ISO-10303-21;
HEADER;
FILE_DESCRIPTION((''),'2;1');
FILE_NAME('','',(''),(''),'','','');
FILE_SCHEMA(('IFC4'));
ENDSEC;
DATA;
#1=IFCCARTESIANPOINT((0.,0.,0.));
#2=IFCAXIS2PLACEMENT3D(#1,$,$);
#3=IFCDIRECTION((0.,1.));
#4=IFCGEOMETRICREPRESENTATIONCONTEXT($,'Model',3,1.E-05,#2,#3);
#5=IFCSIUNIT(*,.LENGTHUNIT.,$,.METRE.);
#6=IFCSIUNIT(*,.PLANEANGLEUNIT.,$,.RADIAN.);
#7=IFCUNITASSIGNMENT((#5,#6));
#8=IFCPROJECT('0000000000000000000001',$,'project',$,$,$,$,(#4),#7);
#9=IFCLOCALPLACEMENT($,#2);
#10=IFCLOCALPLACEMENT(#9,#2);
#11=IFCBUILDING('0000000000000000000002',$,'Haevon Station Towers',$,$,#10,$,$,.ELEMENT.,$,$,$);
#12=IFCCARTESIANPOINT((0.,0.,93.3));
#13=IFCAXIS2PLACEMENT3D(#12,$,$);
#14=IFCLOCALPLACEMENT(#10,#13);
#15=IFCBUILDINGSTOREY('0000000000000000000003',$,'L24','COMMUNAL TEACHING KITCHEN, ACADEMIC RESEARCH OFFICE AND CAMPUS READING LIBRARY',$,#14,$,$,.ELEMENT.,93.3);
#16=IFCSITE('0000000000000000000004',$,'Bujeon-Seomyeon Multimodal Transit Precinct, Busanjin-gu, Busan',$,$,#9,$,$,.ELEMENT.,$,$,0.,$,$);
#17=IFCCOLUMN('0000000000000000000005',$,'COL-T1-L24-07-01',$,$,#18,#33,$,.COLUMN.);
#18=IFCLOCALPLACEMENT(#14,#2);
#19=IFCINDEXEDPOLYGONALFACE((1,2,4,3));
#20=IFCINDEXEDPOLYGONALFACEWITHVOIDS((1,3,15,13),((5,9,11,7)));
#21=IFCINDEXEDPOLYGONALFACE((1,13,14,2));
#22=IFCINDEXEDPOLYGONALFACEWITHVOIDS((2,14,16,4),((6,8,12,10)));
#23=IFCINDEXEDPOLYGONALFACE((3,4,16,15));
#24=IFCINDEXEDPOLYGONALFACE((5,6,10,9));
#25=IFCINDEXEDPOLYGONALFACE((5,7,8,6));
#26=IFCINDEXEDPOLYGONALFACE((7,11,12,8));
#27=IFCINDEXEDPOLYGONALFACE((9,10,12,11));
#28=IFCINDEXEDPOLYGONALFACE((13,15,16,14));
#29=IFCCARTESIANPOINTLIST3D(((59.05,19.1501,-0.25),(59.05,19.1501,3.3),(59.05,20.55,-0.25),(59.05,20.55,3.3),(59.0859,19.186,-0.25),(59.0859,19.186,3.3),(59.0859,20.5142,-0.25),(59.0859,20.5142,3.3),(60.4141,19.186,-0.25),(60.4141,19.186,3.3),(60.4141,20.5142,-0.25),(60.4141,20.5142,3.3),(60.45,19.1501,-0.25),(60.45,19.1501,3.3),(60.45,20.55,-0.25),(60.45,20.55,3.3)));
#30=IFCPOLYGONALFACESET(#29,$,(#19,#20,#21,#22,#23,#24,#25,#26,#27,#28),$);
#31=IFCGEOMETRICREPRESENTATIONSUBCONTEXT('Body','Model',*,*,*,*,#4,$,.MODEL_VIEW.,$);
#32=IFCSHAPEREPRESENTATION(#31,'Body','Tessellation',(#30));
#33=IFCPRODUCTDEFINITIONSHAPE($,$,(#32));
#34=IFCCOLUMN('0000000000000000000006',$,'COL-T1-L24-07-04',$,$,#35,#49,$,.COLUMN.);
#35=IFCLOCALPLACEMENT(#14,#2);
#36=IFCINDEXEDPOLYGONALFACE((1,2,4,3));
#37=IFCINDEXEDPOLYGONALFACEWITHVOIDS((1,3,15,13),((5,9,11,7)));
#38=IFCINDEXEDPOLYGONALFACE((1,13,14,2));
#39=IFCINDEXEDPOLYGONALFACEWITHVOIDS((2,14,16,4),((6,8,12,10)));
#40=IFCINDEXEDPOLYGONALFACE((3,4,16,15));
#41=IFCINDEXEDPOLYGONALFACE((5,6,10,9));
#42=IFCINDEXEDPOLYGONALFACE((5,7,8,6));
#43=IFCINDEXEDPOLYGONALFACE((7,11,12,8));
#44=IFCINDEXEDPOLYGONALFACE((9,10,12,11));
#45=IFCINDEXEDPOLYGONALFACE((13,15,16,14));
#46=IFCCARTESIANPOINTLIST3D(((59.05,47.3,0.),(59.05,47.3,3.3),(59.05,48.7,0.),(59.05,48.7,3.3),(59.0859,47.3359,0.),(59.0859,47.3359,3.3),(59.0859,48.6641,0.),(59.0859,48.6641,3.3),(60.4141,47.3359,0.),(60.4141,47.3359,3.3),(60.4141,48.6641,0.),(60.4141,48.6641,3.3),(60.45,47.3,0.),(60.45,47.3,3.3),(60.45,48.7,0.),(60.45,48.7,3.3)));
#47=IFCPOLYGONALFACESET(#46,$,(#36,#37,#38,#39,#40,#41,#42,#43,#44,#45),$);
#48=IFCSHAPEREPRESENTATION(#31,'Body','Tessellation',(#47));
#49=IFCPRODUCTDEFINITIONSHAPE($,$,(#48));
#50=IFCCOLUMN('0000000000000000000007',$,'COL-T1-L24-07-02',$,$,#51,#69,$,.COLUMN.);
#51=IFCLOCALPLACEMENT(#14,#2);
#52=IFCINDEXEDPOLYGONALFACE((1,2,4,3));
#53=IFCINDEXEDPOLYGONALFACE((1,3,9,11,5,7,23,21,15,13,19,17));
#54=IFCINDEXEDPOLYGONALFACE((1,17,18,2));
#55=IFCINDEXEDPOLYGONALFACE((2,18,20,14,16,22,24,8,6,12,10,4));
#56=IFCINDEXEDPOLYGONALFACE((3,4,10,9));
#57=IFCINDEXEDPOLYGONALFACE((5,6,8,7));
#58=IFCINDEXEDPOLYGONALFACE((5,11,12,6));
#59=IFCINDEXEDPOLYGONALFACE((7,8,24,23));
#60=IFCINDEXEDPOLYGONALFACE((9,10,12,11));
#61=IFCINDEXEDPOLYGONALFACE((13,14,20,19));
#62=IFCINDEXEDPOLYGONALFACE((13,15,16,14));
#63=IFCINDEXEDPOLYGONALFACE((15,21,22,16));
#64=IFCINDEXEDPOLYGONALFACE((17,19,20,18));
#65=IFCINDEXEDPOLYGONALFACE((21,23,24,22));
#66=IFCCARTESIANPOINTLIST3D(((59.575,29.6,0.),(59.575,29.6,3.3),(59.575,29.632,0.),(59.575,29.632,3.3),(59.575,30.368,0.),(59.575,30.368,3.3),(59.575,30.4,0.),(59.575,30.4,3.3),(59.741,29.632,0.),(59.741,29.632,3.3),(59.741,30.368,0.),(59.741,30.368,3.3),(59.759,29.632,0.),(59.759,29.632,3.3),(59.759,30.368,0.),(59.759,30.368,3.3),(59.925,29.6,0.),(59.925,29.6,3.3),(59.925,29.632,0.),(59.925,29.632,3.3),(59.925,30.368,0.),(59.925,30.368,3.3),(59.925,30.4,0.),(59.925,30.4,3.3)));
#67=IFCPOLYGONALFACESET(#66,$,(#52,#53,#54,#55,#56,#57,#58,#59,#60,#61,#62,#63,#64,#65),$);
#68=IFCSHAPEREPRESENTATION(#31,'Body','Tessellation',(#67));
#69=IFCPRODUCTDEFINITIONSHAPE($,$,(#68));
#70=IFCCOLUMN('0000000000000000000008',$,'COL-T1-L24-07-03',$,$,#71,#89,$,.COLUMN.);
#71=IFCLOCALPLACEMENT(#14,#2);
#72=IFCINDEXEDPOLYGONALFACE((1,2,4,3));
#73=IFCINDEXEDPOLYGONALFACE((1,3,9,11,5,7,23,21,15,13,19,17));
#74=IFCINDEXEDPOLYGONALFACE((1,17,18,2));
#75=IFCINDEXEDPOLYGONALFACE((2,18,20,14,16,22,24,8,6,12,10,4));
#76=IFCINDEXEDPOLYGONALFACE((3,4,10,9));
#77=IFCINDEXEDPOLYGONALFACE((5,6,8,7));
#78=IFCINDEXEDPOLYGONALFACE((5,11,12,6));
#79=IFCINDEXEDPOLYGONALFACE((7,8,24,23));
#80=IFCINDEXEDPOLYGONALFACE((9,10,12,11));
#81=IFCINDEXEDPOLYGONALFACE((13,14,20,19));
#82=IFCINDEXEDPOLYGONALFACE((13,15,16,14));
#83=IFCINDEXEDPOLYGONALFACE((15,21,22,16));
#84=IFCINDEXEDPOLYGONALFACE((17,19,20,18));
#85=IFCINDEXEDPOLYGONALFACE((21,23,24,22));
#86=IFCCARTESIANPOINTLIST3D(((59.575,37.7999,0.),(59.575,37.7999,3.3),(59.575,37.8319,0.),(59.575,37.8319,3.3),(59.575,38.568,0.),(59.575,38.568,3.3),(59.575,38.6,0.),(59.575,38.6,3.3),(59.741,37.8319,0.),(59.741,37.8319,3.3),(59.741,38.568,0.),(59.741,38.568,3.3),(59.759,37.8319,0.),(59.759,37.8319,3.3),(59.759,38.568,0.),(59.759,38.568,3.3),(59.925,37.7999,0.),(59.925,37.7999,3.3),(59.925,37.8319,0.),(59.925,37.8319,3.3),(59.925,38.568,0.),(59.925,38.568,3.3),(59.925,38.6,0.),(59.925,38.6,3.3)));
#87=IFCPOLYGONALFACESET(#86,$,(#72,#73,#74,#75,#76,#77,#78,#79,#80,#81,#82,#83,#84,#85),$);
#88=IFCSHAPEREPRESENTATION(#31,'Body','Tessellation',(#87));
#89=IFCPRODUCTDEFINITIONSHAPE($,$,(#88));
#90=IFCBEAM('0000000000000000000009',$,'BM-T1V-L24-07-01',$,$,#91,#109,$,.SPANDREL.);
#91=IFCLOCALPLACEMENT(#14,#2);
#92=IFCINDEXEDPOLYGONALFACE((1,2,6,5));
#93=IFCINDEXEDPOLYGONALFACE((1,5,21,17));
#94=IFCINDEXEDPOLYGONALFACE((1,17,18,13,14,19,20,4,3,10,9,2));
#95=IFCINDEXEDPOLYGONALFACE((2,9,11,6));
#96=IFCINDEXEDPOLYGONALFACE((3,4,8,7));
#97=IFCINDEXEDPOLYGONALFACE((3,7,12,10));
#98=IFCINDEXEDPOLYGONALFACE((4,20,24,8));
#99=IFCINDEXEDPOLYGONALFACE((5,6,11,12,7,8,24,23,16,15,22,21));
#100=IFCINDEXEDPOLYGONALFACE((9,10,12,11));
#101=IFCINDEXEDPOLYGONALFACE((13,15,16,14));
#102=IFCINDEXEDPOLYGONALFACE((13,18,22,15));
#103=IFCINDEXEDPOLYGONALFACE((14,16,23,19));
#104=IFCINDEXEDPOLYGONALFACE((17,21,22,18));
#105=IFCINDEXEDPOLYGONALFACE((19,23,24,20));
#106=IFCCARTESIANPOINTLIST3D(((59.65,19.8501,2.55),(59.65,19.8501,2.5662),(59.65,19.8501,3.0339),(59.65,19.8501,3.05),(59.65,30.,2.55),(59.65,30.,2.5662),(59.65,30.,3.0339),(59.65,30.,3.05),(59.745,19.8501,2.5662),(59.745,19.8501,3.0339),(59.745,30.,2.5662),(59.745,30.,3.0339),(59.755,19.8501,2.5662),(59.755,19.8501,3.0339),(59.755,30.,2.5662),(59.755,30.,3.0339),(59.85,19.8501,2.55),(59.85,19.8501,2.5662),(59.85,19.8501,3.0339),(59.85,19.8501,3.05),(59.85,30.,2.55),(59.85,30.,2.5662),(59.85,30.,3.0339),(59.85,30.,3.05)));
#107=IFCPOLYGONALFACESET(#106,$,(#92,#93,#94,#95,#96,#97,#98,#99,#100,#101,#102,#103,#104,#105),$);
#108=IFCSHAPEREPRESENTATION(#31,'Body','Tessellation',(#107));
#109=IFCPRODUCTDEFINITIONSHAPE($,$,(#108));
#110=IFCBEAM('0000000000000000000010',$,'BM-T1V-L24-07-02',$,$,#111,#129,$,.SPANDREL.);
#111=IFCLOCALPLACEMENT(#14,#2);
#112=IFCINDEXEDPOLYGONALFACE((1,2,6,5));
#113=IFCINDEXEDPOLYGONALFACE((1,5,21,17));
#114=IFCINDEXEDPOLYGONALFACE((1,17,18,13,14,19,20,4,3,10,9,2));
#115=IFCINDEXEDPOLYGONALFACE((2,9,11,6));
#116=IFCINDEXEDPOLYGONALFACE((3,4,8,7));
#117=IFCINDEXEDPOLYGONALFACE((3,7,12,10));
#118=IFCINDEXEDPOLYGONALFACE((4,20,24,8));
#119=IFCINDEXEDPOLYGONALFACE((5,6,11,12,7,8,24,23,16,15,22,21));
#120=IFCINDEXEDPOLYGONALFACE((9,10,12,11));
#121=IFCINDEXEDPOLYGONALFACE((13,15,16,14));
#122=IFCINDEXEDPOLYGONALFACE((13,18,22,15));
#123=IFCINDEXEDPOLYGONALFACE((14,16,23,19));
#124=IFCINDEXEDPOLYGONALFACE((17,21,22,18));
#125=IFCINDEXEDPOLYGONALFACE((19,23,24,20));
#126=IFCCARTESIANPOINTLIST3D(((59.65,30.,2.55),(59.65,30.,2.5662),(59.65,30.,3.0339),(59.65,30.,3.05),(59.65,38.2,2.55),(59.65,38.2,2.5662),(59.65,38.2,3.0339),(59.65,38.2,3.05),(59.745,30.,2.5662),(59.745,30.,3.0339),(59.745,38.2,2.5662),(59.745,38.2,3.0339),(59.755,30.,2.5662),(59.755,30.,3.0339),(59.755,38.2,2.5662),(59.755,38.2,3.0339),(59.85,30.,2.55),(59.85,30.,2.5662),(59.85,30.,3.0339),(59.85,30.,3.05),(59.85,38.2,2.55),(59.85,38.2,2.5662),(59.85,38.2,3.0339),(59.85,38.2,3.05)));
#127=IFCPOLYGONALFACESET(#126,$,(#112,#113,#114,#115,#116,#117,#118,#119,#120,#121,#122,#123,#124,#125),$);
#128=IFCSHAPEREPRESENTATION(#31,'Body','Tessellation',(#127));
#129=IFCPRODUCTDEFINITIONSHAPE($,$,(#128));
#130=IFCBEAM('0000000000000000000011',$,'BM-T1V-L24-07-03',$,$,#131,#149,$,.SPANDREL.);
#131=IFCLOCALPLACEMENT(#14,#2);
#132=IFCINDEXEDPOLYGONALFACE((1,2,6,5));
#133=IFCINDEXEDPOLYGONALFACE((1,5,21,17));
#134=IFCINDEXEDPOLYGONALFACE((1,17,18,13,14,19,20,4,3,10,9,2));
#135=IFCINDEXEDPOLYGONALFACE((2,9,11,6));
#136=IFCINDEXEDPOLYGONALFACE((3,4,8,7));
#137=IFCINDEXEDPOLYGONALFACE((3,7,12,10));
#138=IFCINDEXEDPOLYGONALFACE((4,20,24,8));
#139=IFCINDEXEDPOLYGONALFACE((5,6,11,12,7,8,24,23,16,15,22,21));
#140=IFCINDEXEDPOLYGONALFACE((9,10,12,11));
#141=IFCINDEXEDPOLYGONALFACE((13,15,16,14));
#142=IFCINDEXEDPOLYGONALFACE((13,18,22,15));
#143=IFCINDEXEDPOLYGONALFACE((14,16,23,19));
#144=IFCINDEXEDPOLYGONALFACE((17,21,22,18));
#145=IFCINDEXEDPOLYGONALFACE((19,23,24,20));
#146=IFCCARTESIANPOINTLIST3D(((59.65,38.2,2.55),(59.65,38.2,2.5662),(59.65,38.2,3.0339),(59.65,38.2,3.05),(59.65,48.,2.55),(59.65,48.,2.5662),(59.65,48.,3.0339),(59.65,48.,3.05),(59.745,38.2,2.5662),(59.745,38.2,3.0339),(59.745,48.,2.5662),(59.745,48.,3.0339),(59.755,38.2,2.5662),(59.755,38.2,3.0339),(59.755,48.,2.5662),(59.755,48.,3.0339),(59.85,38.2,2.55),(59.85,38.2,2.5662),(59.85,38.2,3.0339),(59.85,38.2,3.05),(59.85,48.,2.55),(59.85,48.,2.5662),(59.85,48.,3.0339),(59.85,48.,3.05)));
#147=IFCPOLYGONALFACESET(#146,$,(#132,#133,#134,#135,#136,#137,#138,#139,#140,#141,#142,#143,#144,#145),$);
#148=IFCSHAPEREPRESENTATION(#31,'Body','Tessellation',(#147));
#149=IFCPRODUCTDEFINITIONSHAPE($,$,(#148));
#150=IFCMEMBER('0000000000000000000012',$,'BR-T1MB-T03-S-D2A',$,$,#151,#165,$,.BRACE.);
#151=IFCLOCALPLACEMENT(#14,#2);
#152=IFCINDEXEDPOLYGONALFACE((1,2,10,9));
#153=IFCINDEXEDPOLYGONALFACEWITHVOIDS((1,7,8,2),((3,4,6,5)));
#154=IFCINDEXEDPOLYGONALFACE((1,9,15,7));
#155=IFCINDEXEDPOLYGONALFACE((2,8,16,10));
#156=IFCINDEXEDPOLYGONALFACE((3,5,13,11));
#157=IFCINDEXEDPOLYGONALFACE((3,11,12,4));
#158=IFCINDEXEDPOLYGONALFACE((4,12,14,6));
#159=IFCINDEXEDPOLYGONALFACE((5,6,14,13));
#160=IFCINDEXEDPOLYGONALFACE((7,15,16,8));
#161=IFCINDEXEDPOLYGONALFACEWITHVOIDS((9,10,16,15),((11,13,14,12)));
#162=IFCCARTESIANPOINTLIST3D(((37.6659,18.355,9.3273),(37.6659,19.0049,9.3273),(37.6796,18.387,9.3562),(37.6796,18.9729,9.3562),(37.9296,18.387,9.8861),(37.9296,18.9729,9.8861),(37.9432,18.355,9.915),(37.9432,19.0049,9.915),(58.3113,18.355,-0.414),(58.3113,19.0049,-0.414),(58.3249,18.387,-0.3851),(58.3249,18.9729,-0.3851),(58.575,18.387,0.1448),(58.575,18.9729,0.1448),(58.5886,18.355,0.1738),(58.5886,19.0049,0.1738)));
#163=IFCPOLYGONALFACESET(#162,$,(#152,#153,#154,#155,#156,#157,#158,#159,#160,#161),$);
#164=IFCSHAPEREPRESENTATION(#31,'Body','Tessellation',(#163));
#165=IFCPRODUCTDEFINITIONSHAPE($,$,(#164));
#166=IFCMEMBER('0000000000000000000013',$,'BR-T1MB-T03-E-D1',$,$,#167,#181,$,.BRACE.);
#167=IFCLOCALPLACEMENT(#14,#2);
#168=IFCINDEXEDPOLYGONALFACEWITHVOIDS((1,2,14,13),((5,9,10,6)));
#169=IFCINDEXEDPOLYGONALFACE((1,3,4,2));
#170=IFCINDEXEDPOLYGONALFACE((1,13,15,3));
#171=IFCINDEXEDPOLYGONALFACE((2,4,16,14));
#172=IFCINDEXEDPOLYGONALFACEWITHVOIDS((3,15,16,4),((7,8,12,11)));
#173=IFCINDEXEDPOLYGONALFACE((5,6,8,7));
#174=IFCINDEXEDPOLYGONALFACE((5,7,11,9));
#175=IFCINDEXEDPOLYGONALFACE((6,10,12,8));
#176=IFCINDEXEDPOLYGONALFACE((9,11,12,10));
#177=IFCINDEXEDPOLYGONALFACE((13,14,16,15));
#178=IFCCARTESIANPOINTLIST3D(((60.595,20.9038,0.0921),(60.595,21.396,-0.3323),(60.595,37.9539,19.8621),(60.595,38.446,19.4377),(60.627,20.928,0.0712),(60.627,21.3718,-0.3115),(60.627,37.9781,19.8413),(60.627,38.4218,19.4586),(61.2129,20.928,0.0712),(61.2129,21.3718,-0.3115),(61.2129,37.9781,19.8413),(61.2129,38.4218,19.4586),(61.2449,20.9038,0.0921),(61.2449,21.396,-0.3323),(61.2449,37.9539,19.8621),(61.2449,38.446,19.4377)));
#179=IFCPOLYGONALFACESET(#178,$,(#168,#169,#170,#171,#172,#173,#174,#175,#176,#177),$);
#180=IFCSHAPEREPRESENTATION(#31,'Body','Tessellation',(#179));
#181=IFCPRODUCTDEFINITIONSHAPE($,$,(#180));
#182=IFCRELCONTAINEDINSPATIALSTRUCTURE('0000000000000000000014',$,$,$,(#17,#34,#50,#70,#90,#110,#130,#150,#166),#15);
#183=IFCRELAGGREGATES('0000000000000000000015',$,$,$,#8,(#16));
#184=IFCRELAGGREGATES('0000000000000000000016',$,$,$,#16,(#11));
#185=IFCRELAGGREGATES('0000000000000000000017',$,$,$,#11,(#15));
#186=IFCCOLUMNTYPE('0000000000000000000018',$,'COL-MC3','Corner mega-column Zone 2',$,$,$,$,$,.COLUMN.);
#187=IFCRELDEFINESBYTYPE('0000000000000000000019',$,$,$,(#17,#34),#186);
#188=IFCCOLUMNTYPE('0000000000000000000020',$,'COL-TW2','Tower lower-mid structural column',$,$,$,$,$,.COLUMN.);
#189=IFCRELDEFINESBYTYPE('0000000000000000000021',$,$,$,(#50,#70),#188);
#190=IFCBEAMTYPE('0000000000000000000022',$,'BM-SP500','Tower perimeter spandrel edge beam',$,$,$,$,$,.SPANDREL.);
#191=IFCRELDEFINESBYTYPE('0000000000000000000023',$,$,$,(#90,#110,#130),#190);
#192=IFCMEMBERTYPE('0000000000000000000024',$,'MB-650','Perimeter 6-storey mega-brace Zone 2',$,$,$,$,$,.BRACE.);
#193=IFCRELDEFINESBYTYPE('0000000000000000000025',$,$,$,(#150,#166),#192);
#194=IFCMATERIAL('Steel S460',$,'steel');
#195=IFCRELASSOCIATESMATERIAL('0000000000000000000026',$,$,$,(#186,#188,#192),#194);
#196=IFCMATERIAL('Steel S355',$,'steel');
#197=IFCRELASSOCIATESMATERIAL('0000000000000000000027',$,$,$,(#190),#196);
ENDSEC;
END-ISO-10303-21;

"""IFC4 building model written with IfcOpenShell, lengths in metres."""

from ifc_helpers import new_model, si_unit, direction, frame, origin, origin_2d, place, context, subcontext, project, spatial, hollow_rectangle, i_section, extrude, material, material_profile, profile_set, type_object, element, save


model = new_model("IFC4")

# Units and contexts
model_context = context("Model", 3, precision=1e-05, world=origin(), true_north=direction((0.0, 1.0)))
body_context = subcontext(model_context, "Body", "Model", "MODEL_VIEW")
ifc_project = project(units=[si_unit("LENGTHUNIT", "METRE"), si_unit("PLANEANGLEUNIT", "RADIAN")], contexts=[model_context])

# Site, building, storey
site_placement = place(None, origin())
site = spatial("IfcSite", under=ifc_project, at=site_placement, Name="Bujeon-Seomyeon Multimodal Transit Precinct, Busanjin-gu, Busan", CompositionType="ELEMENT", RefElevation=0.0)
building_placement = place(site_placement, origin())
building = spatial("IfcBuilding", under=site, at=building_placement, Name="Haevon Station Towers", CompositionType="ELEMENT")
storey_placement = place(building_placement, frame((0.0, 0.0, 93.3)))
storey = spatial("IfcBuildingStorey", under=building, at=storey_placement, Name="L24", Description="COMMUNAL TEACHING KITCHEN, ACADEMIC RESEARCH OFFICE AND CAMPUS READING LIBRARY", CompositionType="ELEMENT", Elevation=93.3)

# Columns
ifc_material_1 = material(Name="Steel S460", Category="steel")
ifc_material_profile_1 = material_profile(ifc_material_1, hollow_rectangle(XDim=1.3999, YDim=1.3999, WallThickness=0.0359, at=origin_2d()), Name="BOX-1400x1400x36")
ifc_profile_set_1 = profile_set([ifc_material_profile_1], Name="Steel S460")
column_type_1 = type_object("IfcColumnType", Name="COL-MC3", Description="Corner mega-column Zone 2", PredefinedType="COLUMN", material=ifc_profile_set_1)
column_1_placement = place(storey_placement, frame((59.75, 19.8501, -0.25), z_axis=(0.0, 0.0, 1.0), x_axis=(1.0, 0.0, 0.0)))
element("IfcColumn", 1, at=column_1_placement, inside=storey, type_object=column_type_1, Name="COL-T1-L24-07-01", PredefinedType="COLUMN", context=body_context, shape_type="SweptSolid", body=[
    extrude(hollow_rectangle(XDim=1.3999, YDim=1.3999, WallThickness=0.0359, at=origin_2d()), origin(), (0.0, 0.0, 1.0), 3.55),
])
column_2_placement = place(storey_placement, frame((59.75, 48.0, 0.0), z_axis=(0.0, 0.0, 1.0), x_axis=(1.0, 0.0, 0.0)))
element("IfcColumn", 2, at=column_2_placement, inside=storey, type_object=column_type_1, Name="COL-T1-L24-07-04", PredefinedType="COLUMN", context=body_context, shape_type="SweptSolid", body=[
    extrude(hollow_rectangle(XDim=1.3999, YDim=1.3999, WallThickness=0.0359, at=origin_2d()), origin(), (0.0, 0.0, 1.0), 3.3),
])
ifc_material_profile_2 = material_profile(ifc_material_1, i_section(OverallWidth=0.3501, OverallDepth=0.8, WebThickness=0.0181, FlangeThickness=0.032, at=origin_2d()), Name="H-800x350x18x32")
ifc_profile_set_2 = profile_set([ifc_material_profile_2], Name="Steel S460")
column_type_2 = type_object("IfcColumnType", Name="COL-TW2", Description="Tower lower-mid structural column", PredefinedType="COLUMN", material=ifc_profile_set_2)
for number, where, z_axis, x_axis, name in (
    (3, (59.75, 30.0, 0.0), (0.0, 0.0, 1.0), (1.0, 0.0, 0.0), "COL-T1-L24-07-02"),
    (4, (59.75, 38.2, 0.0), (0.0, 0.0, 1.0), (1.0, 0.0, 0.0), "COL-T1-L24-07-03"),
):
    element("IfcColumn", number, at=place(storey_placement, frame(where, z_axis=z_axis, x_axis=x_axis)), inside=storey, type_object=column_type_2, Name=name, PredefinedType="COLUMN", context=body_context, shape_type="SweptSolid", body=[
        extrude(i_section(OverallWidth=0.3501, OverallDepth=0.8, WebThickness=0.0181, FlangeThickness=0.032, at=origin_2d()), origin(), (0.0, 0.0, 1.0), 3.3),
    ])

# Beams
ifc_material_2 = material(Name="Steel S355", Category="steel")
ifc_material_profile_3 = material_profile(ifc_material_2, i_section(OverallWidth=0.2, OverallDepth=0.5, WebThickness=0.01, FlangeThickness=0.0161, at=origin_2d()), Name="H-500x200x10x16")
ifc_profile_set_3 = profile_set([ifc_material_profile_3], Name="Steel S355")
beam_type = type_object("IfcBeamType", Name="BM-SP500", Description="Tower perimeter spandrel edge beam", PredefinedType="SPANDREL", material=ifc_profile_set_3)
beam_1_placement = place(storey_placement, frame((59.75, 19.8501, 2.8), z_axis=(0.0, 1.0, 0.0), x_axis=(-1.0, 0.0, 0.0)))
element("IfcBeam", 5, at=beam_1_placement, inside=storey, type_object=beam_type, Name="BM-T1V-L24-07-01", PredefinedType="SPANDREL", context=body_context, shape_type="SweptSolid", body=[
    extrude(i_section(OverallWidth=0.2, OverallDepth=0.5, WebThickness=0.01, FlangeThickness=0.0161, at=origin_2d()), origin(), (0.0, 0.0, 1.0), 10.1499),
])
beam_2_placement = place(storey_placement, frame((59.75, 30.0, 2.8), z_axis=(0.0, 1.0, 0.0), x_axis=(-1.0, 0.0, 0.0)))
element("IfcBeam", 6, at=beam_2_placement, inside=storey, type_object=beam_type, Name="BM-T1V-L24-07-02", PredefinedType="SPANDREL", context=body_context, shape_type="SweptSolid", body=[
    extrude(i_section(OverallWidth=0.2, OverallDepth=0.5, WebThickness=0.01, FlangeThickness=0.0161, at=origin_2d()), origin(), (0.0, 0.0, 1.0), 8.2),
])
beam_3_placement = place(storey_placement, frame((59.75, 38.2, 2.8), z_axis=(0.0, 1.0, 0.0), x_axis=(-1.0, 0.0, 0.0)))
element("IfcBeam", 7, at=beam_3_placement, inside=storey, type_object=beam_type, Name="BM-T1V-L24-07-03", PredefinedType="SPANDREL", context=body_context, shape_type="SweptSolid", body=[
    extrude(i_section(OverallWidth=0.2, OverallDepth=0.5, WebThickness=0.01, FlangeThickness=0.0161, at=origin_2d()), origin(), (0.0, 0.0, 1.0), 9.8),
])

# Members
ifc_material_profile_4 = material_profile(ifc_material_1, hollow_rectangle(XDim=0.6499, YDim=0.6499, WallThickness=0.032, at=origin_2d()), Name="RHS-650x650x32")
ifc_profile_set_4 = profile_set([ifc_material_profile_4], Name="Steel S460")
member_type = type_object("IfcMemberType", Name="MB-650", Description="Perimeter 6-storey mega-brace Zone 2", PredefinedType="BRACE", material=ifc_profile_set_4)
member_1_placement = place(storey_placement, frame((58.45, 18.6799, -0.1201), z_axis=(-0.904383, 0.0, 0.426722), x_axis=(0.0, -1.0, 0.0)))
element("IfcMember", 8, at=member_1_placement, inside=storey, type_object=member_type, Name="BR-T1MB-T03-S-D2A", PredefinedType="BRACE", context=body_context, shape_type="SweptSolid", body=[
    extrude(hollow_rectangle(XDim=0.6499, YDim=0.6499, WallThickness=0.032, at=origin_2d()), origin(), (0.0, 0.0, 1.0), 22.8281),
])
member_2_placement = place(storey_placement, frame((60.9199, 21.1499, -0.1201), z_axis=(0.0, 0.653092, 0.757279), x_axis=(-1.0, 0.0, 0.0)))
element("IfcMember", 9, at=member_2_placement, inside=storey, type_object=member_type, Name="BR-T1MB-T03-E-D1", PredefinedType="BRACE", context=body_context, shape_type="SweptSolid", body=[
    extrude(hollow_rectangle(XDim=0.6499, YDim=0.6499, WallThickness=0.032, at=origin_2d()), origin(), (0.0, 0.0, 1.0), 26.1067),
])

save(model, "model.ifc")
